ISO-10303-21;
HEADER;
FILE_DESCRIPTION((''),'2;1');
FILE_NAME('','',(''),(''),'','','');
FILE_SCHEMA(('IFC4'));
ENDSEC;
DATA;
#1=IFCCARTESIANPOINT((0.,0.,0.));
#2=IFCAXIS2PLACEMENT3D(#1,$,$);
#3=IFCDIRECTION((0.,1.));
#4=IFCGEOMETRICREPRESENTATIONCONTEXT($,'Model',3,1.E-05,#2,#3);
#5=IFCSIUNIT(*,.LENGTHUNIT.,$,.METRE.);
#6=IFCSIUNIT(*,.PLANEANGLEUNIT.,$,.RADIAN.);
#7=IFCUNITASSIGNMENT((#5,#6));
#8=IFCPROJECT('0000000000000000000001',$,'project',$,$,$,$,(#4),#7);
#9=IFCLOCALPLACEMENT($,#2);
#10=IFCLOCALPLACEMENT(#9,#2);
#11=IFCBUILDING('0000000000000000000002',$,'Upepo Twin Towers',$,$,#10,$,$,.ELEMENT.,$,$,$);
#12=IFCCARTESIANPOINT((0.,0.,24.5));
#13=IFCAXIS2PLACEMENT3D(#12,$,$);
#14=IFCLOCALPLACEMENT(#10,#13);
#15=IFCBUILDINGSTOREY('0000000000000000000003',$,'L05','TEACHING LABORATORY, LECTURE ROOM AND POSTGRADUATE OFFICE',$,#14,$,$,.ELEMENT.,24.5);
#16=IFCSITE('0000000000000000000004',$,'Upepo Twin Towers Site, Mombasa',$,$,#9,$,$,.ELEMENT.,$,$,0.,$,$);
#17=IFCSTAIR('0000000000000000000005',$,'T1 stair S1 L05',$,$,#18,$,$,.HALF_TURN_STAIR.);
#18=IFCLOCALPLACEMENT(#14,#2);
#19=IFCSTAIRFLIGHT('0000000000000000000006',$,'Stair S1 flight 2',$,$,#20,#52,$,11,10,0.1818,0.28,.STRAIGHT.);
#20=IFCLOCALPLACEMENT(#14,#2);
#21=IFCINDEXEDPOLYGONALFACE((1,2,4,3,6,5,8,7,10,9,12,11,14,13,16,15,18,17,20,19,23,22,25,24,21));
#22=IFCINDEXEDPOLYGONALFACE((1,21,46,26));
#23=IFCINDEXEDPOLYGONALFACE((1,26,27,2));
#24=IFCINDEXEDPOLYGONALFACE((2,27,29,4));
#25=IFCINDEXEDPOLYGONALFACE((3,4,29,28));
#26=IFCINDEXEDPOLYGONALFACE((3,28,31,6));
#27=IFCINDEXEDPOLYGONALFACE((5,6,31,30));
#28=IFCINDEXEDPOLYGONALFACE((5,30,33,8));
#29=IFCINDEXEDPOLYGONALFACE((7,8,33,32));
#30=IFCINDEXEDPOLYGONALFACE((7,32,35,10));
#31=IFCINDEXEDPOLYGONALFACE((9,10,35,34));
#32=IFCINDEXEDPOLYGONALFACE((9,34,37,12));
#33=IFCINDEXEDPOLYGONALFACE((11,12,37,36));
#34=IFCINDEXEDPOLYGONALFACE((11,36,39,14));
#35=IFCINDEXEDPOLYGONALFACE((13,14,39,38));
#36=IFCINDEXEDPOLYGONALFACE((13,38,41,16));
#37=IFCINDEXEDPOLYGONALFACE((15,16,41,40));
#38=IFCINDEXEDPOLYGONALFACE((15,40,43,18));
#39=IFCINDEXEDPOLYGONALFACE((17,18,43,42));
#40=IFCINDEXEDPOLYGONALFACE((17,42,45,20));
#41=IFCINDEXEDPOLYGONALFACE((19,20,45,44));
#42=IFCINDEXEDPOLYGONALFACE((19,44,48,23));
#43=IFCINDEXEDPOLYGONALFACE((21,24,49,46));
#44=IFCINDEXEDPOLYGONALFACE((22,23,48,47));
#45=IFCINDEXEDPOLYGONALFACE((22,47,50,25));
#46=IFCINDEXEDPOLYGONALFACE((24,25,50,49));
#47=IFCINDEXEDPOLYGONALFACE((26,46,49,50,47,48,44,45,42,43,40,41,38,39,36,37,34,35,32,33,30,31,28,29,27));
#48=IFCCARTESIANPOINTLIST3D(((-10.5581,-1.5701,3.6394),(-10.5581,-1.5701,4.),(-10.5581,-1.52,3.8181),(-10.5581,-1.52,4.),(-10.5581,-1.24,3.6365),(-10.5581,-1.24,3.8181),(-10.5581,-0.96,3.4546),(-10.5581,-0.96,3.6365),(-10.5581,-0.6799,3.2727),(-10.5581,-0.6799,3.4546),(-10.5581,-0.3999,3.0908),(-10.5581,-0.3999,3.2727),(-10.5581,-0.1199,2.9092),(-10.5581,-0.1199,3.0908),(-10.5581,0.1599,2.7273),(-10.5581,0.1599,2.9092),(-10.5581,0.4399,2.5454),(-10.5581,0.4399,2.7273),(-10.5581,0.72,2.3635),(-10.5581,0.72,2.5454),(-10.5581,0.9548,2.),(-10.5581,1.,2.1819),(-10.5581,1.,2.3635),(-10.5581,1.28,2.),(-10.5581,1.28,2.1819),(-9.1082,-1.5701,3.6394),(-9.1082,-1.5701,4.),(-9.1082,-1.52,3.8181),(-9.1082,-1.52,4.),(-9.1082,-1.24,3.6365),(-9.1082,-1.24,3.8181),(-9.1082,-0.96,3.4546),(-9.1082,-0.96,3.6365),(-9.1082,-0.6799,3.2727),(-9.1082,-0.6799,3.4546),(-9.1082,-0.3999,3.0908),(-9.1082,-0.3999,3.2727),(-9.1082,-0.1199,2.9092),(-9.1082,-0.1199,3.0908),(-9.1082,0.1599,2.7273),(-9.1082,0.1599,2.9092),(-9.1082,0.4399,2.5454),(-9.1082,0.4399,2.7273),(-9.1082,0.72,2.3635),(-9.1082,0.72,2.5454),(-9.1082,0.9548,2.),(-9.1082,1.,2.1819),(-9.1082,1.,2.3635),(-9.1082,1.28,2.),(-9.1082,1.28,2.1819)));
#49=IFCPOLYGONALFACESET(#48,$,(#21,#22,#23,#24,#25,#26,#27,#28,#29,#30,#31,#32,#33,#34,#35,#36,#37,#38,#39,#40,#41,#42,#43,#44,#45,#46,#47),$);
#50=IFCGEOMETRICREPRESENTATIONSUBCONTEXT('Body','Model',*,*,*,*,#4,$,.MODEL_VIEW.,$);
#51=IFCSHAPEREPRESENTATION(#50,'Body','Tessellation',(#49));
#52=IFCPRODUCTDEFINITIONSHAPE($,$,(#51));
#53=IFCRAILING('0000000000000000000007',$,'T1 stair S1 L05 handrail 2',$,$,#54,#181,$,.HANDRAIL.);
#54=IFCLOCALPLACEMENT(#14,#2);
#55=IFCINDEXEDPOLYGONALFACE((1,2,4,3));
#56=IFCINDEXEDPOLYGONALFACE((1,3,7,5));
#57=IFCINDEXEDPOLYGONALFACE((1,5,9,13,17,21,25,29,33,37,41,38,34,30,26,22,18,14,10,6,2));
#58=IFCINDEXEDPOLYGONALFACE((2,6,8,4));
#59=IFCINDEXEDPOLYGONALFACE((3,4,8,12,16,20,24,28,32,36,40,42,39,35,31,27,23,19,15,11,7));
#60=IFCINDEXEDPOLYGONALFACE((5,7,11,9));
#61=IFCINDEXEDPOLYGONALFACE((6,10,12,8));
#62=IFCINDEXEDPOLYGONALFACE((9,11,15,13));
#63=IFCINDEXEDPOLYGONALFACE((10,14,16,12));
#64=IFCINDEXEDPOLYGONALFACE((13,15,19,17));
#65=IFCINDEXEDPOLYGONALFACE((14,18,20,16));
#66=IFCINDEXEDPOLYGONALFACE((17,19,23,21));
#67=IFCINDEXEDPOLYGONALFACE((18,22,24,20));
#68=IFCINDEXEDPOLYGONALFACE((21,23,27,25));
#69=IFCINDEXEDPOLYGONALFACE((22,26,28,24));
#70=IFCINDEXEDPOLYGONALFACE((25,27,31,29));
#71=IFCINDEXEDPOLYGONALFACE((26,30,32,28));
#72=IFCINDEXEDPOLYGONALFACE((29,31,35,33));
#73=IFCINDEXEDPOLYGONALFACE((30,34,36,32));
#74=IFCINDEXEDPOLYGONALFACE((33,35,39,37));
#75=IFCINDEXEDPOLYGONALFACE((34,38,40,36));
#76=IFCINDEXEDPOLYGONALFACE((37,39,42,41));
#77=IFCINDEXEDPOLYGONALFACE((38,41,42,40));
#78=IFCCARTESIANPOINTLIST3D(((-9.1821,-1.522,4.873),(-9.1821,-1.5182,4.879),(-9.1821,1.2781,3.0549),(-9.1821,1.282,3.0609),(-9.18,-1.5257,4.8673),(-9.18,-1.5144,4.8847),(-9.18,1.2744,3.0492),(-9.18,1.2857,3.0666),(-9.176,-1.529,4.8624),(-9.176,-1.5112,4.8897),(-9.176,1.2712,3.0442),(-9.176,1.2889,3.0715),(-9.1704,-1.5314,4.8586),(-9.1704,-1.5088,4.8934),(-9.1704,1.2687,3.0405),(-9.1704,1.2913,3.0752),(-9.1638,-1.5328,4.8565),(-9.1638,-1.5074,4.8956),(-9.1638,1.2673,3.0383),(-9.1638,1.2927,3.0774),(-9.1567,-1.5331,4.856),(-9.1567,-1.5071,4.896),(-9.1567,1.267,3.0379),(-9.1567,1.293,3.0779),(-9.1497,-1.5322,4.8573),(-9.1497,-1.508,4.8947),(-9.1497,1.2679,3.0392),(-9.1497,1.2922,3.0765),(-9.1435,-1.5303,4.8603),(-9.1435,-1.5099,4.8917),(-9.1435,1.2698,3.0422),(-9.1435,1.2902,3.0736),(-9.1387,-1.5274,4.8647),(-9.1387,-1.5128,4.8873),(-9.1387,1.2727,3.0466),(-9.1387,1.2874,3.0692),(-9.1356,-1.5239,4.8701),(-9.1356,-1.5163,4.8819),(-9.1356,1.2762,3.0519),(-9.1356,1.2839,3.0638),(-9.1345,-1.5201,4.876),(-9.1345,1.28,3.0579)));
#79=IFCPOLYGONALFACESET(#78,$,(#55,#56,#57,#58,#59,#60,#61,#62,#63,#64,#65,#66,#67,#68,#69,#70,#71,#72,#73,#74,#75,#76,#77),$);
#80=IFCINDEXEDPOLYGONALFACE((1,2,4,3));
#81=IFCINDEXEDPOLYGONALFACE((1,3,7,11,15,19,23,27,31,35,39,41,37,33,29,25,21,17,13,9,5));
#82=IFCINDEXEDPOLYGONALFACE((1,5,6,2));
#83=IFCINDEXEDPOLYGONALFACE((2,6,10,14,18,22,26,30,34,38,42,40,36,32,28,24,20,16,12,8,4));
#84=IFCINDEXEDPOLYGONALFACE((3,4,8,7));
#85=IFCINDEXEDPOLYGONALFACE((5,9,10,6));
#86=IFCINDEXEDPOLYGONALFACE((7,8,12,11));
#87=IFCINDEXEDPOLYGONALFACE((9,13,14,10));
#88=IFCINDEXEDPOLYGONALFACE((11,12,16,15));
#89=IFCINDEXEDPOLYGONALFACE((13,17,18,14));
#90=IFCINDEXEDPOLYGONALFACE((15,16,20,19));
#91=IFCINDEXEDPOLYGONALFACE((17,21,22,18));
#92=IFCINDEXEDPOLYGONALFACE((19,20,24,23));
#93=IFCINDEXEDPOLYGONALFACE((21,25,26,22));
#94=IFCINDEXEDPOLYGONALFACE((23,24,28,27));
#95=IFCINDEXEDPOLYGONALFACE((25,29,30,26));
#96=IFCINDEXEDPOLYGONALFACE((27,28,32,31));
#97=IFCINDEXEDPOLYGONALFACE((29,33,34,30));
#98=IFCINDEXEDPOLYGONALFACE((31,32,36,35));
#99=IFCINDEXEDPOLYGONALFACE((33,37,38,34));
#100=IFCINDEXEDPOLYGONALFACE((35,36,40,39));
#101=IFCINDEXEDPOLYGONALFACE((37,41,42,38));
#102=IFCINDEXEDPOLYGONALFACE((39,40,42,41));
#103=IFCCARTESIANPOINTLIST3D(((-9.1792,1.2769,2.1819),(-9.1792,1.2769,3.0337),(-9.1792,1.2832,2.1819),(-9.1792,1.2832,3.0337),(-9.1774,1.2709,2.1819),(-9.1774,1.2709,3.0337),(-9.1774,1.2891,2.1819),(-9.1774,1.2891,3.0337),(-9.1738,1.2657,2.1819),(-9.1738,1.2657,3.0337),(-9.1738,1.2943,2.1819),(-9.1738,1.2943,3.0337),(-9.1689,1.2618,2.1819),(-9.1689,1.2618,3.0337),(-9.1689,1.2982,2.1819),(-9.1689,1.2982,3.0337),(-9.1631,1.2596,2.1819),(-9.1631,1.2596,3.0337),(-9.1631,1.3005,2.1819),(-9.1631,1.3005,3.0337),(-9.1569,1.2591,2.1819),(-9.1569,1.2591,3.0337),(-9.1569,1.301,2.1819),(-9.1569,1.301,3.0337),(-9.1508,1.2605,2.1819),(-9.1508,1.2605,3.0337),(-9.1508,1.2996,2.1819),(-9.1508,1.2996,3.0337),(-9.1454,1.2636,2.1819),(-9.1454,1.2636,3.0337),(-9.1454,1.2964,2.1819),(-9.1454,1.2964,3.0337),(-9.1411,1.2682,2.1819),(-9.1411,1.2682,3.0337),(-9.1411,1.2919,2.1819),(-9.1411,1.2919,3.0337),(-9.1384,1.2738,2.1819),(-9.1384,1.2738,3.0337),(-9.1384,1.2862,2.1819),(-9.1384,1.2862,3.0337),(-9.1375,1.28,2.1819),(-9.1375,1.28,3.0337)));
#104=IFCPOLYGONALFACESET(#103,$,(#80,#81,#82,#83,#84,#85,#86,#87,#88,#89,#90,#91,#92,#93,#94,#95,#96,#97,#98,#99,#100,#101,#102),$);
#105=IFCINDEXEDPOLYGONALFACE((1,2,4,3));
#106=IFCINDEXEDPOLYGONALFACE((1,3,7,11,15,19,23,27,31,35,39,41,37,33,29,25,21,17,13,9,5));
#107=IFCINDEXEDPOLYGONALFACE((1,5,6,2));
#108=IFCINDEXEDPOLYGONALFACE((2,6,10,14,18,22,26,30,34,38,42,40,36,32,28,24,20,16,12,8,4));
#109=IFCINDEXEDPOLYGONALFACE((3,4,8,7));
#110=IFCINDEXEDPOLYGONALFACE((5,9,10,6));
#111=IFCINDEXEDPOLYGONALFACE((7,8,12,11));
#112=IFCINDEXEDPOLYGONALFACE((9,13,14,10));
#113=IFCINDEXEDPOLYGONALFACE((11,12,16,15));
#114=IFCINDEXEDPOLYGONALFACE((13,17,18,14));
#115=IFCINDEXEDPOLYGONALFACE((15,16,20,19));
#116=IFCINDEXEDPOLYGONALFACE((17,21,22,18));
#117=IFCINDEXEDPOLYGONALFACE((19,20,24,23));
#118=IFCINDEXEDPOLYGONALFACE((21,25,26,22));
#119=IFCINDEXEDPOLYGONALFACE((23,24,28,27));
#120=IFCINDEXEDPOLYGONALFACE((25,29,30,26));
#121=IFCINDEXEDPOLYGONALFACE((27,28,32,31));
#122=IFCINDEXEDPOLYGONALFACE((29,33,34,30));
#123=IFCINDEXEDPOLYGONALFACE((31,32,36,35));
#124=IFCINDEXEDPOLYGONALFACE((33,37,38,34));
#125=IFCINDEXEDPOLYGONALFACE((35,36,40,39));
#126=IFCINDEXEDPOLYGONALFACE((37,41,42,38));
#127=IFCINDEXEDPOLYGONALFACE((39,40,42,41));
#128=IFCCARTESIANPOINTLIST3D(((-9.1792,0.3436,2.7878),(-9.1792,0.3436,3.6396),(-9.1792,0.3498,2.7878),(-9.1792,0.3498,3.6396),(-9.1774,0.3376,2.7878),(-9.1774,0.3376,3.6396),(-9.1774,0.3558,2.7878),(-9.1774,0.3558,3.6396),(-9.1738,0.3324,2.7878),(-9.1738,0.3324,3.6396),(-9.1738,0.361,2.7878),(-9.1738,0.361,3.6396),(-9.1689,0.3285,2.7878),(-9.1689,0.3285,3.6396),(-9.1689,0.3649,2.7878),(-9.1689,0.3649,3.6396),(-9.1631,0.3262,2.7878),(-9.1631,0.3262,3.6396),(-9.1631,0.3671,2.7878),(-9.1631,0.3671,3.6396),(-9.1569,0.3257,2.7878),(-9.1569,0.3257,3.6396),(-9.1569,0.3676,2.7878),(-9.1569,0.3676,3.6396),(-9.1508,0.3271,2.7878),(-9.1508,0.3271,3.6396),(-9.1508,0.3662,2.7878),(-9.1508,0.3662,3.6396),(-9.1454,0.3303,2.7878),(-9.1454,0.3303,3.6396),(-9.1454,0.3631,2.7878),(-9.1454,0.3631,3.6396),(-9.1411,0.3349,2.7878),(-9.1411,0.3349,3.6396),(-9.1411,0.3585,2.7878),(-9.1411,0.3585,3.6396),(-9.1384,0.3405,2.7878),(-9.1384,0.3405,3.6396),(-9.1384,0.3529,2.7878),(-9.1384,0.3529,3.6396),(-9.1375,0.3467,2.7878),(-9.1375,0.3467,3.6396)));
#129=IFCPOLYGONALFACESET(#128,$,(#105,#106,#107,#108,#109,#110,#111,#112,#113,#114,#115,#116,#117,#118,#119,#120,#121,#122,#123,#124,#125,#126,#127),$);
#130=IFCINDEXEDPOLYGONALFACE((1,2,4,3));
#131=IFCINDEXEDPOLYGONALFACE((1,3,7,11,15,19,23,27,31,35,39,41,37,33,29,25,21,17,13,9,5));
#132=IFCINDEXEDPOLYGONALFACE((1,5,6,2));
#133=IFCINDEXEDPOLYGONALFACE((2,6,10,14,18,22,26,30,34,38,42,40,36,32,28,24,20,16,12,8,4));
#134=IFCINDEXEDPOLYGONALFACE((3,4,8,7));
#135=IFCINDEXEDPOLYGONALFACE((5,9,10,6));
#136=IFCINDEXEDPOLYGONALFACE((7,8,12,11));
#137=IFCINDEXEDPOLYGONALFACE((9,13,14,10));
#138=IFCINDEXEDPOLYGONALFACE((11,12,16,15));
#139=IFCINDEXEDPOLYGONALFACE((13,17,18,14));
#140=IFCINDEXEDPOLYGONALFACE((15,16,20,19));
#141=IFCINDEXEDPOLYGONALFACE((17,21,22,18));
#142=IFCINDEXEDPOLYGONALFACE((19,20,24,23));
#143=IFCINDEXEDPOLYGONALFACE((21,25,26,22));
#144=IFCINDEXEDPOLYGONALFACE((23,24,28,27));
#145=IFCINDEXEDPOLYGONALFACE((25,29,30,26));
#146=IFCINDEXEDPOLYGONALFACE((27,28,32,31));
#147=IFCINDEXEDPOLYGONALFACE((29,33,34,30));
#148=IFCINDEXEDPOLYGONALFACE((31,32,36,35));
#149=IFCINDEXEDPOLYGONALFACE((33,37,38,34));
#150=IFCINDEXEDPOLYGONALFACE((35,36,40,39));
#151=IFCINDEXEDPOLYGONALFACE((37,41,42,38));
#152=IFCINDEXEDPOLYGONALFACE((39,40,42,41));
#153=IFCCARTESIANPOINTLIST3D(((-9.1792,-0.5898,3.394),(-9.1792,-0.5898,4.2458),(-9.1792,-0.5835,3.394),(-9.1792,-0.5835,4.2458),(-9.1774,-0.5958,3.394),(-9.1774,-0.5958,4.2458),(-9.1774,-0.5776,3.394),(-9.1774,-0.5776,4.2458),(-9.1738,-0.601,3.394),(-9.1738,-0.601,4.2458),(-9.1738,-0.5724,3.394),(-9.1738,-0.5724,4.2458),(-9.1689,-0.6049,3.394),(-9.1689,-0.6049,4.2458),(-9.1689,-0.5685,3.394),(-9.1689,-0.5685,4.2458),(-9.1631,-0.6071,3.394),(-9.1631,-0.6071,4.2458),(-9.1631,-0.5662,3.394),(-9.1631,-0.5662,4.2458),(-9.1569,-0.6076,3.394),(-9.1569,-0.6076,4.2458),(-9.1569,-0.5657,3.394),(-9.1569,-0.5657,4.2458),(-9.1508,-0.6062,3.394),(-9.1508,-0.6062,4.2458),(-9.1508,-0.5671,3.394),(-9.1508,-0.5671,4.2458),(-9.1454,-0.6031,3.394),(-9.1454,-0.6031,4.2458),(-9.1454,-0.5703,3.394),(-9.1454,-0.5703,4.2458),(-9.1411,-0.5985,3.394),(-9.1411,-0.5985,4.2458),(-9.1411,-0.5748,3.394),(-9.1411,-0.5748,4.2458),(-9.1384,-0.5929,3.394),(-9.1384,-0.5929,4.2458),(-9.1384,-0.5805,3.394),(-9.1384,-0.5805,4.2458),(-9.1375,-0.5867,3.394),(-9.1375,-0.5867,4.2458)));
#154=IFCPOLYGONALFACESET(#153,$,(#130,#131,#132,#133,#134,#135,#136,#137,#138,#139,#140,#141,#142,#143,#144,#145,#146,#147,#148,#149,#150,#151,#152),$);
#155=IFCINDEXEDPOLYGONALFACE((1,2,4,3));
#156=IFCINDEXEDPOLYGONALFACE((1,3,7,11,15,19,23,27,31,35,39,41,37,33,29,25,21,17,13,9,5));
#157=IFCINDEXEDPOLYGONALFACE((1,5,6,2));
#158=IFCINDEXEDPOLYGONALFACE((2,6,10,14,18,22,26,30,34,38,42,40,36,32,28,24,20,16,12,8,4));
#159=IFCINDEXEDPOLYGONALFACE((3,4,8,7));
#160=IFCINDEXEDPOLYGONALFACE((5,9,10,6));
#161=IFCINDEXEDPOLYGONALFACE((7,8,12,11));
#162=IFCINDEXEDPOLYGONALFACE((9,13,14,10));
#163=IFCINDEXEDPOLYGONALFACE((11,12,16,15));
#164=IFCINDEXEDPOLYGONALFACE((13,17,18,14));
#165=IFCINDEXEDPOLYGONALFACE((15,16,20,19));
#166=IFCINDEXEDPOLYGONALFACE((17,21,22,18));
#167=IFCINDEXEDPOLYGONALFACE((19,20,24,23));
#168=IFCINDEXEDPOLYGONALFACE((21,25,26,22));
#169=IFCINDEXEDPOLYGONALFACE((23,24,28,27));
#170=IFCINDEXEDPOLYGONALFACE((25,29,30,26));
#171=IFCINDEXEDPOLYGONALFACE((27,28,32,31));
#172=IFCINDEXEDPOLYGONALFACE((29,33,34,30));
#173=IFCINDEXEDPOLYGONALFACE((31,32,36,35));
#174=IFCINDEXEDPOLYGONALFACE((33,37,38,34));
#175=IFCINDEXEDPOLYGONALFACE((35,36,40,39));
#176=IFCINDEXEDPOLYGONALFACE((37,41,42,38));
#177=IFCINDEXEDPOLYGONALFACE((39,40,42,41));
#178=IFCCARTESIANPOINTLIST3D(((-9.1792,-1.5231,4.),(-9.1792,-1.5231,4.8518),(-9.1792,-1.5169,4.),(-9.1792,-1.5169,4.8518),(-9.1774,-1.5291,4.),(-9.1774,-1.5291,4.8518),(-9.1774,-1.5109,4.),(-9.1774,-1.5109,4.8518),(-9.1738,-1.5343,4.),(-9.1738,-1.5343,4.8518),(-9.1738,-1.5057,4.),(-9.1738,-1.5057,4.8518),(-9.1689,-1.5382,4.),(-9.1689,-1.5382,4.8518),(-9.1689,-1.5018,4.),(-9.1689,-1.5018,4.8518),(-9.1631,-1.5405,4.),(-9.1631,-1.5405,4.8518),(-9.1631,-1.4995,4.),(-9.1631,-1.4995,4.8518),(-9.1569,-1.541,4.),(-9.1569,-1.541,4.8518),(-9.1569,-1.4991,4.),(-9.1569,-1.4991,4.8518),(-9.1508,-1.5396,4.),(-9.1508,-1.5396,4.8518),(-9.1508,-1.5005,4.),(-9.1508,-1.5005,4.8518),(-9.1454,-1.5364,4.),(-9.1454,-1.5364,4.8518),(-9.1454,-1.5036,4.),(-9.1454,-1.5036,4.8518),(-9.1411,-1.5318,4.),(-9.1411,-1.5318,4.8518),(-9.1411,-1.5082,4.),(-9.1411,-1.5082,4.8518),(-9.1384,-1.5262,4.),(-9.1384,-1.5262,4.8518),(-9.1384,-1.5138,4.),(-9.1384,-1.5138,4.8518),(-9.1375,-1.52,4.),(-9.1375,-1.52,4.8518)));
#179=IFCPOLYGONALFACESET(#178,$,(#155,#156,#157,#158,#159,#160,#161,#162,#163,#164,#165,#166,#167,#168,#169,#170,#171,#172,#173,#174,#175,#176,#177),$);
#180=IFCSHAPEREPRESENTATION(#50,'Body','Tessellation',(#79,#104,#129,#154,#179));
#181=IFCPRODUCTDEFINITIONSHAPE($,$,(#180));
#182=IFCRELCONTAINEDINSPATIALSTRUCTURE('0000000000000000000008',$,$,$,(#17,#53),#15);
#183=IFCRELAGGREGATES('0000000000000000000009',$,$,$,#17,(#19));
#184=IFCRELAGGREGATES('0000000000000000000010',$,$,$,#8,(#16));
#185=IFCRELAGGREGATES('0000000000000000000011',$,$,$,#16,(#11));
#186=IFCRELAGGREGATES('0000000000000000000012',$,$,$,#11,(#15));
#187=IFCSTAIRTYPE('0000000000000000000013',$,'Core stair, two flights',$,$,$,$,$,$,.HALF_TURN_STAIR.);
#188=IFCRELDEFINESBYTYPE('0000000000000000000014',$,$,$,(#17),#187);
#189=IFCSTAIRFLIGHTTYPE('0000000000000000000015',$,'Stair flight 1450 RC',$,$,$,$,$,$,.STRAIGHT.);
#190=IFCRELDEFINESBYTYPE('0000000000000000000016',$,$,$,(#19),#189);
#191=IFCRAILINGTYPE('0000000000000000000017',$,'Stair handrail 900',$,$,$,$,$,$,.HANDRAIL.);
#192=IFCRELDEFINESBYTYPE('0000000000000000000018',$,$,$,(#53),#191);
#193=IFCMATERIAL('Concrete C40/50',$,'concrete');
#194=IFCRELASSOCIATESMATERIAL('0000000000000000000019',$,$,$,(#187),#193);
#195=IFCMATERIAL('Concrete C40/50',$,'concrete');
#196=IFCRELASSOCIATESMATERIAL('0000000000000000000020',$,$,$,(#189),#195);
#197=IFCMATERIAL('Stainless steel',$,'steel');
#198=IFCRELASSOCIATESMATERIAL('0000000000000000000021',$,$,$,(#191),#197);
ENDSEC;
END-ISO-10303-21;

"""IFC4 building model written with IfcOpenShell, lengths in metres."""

from ifc_helpers import new_model, si_unit, direction, frame, origin, origin_2d, place, context, subcontext, project, spatial, polyline, circle, outline, extrude, material, type_object, element, aggregate, save


model = new_model("IFC4")

# Units and contexts
model_context = context("Model", 3, precision=1e-05, world=origin(), true_north=direction((0.0, 1.0)))
body_context = subcontext(model_context, "Body", "Model", "MODEL_VIEW")
ifc_project = project(units=[si_unit("LENGTHUNIT", "METRE"), si_unit("PLANEANGLEUNIT", "RADIAN")], contexts=[model_context])

# Site, building, storey
site_placement = place(None, origin())
site = spatial("IfcSite", under=ifc_project, at=site_placement, Name="Upepo Twin Towers Site, Mombasa", CompositionType="ELEMENT", RefElevation=0.0)
building_placement = place(site_placement, origin())
building = spatial("IfcBuilding", under=site, at=building_placement, Name="Upepo Twin Towers", CompositionType="ELEMENT")
storey_placement = place(building_placement, frame((0.0, 0.0, 24.5)))
storey = spatial("IfcBuildingStorey", under=building, at=storey_placement, Name="L05", Description="TEACHING LABORATORY, LECTURE ROOM AND POSTGRADUATE OFFICE", CompositionType="ELEMENT", Elevation=24.5)

# Stair, stair flight
ifc_material_1 = material(Name="Concrete C40/50", Category="concrete")
stair_type = type_object("IfcStairType", Name="Core stair, two flights", PredefinedType="HALF_TURN_STAIR", material=ifc_material_1)
stair_placement = place(storey_placement, origin())
stair = element("IfcStair", 1, at=stair_placement, inside=storey, type_object=stair_type, Name="T1 stair S1 L05", PredefinedType="HALF_TURN_STAIR")
ifc_material_2 = material(Name="Concrete C40/50", Category="concrete")
stair_flight_type = type_object("IfcStairFlightType", Name="Stair flight 1450 RC", PredefinedType="STRAIGHT", material=ifc_material_2)
stair_flight_placement = place(storey_placement, frame((-9.8333, 1.28, 2.0), z_axis=(0.0, 0.0, 1.0), x_axis=(0.0, -1.0, 0.0)))
stair_flight = element("IfcStairFlight", 2, at=stair_flight_placement, type_object=stair_flight_type, Name="Stair S1 flight 2", NumberOfRisers=11, NumberOfTreads=10, PredefinedType="STRAIGHT", RiserHeight=0.1818, TreadLength=0.28, context=body_context, shape_type="SweptSolid", body=[
    extrude(outline(polyline([(0.0, 0.0), (0.0, 0.1819), (0.28, 0.1819), (0.28, 0.3635), (0.5601, 0.3635), (0.5601, 0.5454), (0.8401, 0.5454), (0.8401, 0.7273), (1.1201, 0.7273), (1.1201, 0.9092), (1.3999, 0.9092), (1.3999, 1.0908), (1.6799, 1.0908), (1.6799, 1.2727), (1.96, 1.2727), (1.96, 1.4546), (2.24, 1.4546), (2.24, 1.6365), (2.52, 1.6365), (2.52, 1.8181), (2.8, 1.8181), (2.8, 2.0), (2.8501, 2.0), (2.8501, 1.6394), (0.3252, 0.0), (0.0, 0.0)])), frame((0.0, 0.7251, 0.0), z_axis=(0.0, -1.0, 0.0), x_axis=(1.0, 0.0, 0.0)), (0.0, 0.0, 1.0), 1.45),
])
aggregate(stair, [stair_flight])

# Railing
ifc_material_3 = material(Name="Stainless steel", Category="steel")
railing_type = type_object("IfcRailingType", Name="Stair handrail 900", PredefinedType="HANDRAIL", material=ifc_material_3)
railing_placement = place(storey_placement, frame((-9.1584, 1.28, 2.1819)))
element("IfcRailing", 3, at=railing_placement, inside=storey, type_object=railing_type, Name="T1 stair S1 L05 handrail 2", PredefinedType="HANDRAIL", context=body_context, shape_type="SweptSolid", body=[
    extrude(circle(Radius=0.0239, at=origin_2d()), frame((0.0, 0.0, 0.876), z_axis=(0.0, -0.838706, 0.544585), x_axis=(1.0, 0.0, 0.0)), (0.0, 0.0, 1.0), 3.3386),
    extrude(circle(Radius=0.021, at=origin_2d()), origin(), (0.0, 0.0, 1.0), 0.8518),
    extrude(circle(Radius=0.021, at=origin_2d()), frame((0.0, -0.9333, 0.606)), (0.0, 0.0, 1.0), 0.8518),
    extrude(circle(Radius=0.021, at=origin_2d()), frame((0.0, -1.8667, 1.2122)), (0.0, 0.0, 1.0), 0.8518),
    extrude(circle(Radius=0.021, at=origin_2d()), frame((0.0, -2.8, 1.8181)), (0.0, 0.0, 1.0), 0.8518),
])

save(model, "model.ifc")
